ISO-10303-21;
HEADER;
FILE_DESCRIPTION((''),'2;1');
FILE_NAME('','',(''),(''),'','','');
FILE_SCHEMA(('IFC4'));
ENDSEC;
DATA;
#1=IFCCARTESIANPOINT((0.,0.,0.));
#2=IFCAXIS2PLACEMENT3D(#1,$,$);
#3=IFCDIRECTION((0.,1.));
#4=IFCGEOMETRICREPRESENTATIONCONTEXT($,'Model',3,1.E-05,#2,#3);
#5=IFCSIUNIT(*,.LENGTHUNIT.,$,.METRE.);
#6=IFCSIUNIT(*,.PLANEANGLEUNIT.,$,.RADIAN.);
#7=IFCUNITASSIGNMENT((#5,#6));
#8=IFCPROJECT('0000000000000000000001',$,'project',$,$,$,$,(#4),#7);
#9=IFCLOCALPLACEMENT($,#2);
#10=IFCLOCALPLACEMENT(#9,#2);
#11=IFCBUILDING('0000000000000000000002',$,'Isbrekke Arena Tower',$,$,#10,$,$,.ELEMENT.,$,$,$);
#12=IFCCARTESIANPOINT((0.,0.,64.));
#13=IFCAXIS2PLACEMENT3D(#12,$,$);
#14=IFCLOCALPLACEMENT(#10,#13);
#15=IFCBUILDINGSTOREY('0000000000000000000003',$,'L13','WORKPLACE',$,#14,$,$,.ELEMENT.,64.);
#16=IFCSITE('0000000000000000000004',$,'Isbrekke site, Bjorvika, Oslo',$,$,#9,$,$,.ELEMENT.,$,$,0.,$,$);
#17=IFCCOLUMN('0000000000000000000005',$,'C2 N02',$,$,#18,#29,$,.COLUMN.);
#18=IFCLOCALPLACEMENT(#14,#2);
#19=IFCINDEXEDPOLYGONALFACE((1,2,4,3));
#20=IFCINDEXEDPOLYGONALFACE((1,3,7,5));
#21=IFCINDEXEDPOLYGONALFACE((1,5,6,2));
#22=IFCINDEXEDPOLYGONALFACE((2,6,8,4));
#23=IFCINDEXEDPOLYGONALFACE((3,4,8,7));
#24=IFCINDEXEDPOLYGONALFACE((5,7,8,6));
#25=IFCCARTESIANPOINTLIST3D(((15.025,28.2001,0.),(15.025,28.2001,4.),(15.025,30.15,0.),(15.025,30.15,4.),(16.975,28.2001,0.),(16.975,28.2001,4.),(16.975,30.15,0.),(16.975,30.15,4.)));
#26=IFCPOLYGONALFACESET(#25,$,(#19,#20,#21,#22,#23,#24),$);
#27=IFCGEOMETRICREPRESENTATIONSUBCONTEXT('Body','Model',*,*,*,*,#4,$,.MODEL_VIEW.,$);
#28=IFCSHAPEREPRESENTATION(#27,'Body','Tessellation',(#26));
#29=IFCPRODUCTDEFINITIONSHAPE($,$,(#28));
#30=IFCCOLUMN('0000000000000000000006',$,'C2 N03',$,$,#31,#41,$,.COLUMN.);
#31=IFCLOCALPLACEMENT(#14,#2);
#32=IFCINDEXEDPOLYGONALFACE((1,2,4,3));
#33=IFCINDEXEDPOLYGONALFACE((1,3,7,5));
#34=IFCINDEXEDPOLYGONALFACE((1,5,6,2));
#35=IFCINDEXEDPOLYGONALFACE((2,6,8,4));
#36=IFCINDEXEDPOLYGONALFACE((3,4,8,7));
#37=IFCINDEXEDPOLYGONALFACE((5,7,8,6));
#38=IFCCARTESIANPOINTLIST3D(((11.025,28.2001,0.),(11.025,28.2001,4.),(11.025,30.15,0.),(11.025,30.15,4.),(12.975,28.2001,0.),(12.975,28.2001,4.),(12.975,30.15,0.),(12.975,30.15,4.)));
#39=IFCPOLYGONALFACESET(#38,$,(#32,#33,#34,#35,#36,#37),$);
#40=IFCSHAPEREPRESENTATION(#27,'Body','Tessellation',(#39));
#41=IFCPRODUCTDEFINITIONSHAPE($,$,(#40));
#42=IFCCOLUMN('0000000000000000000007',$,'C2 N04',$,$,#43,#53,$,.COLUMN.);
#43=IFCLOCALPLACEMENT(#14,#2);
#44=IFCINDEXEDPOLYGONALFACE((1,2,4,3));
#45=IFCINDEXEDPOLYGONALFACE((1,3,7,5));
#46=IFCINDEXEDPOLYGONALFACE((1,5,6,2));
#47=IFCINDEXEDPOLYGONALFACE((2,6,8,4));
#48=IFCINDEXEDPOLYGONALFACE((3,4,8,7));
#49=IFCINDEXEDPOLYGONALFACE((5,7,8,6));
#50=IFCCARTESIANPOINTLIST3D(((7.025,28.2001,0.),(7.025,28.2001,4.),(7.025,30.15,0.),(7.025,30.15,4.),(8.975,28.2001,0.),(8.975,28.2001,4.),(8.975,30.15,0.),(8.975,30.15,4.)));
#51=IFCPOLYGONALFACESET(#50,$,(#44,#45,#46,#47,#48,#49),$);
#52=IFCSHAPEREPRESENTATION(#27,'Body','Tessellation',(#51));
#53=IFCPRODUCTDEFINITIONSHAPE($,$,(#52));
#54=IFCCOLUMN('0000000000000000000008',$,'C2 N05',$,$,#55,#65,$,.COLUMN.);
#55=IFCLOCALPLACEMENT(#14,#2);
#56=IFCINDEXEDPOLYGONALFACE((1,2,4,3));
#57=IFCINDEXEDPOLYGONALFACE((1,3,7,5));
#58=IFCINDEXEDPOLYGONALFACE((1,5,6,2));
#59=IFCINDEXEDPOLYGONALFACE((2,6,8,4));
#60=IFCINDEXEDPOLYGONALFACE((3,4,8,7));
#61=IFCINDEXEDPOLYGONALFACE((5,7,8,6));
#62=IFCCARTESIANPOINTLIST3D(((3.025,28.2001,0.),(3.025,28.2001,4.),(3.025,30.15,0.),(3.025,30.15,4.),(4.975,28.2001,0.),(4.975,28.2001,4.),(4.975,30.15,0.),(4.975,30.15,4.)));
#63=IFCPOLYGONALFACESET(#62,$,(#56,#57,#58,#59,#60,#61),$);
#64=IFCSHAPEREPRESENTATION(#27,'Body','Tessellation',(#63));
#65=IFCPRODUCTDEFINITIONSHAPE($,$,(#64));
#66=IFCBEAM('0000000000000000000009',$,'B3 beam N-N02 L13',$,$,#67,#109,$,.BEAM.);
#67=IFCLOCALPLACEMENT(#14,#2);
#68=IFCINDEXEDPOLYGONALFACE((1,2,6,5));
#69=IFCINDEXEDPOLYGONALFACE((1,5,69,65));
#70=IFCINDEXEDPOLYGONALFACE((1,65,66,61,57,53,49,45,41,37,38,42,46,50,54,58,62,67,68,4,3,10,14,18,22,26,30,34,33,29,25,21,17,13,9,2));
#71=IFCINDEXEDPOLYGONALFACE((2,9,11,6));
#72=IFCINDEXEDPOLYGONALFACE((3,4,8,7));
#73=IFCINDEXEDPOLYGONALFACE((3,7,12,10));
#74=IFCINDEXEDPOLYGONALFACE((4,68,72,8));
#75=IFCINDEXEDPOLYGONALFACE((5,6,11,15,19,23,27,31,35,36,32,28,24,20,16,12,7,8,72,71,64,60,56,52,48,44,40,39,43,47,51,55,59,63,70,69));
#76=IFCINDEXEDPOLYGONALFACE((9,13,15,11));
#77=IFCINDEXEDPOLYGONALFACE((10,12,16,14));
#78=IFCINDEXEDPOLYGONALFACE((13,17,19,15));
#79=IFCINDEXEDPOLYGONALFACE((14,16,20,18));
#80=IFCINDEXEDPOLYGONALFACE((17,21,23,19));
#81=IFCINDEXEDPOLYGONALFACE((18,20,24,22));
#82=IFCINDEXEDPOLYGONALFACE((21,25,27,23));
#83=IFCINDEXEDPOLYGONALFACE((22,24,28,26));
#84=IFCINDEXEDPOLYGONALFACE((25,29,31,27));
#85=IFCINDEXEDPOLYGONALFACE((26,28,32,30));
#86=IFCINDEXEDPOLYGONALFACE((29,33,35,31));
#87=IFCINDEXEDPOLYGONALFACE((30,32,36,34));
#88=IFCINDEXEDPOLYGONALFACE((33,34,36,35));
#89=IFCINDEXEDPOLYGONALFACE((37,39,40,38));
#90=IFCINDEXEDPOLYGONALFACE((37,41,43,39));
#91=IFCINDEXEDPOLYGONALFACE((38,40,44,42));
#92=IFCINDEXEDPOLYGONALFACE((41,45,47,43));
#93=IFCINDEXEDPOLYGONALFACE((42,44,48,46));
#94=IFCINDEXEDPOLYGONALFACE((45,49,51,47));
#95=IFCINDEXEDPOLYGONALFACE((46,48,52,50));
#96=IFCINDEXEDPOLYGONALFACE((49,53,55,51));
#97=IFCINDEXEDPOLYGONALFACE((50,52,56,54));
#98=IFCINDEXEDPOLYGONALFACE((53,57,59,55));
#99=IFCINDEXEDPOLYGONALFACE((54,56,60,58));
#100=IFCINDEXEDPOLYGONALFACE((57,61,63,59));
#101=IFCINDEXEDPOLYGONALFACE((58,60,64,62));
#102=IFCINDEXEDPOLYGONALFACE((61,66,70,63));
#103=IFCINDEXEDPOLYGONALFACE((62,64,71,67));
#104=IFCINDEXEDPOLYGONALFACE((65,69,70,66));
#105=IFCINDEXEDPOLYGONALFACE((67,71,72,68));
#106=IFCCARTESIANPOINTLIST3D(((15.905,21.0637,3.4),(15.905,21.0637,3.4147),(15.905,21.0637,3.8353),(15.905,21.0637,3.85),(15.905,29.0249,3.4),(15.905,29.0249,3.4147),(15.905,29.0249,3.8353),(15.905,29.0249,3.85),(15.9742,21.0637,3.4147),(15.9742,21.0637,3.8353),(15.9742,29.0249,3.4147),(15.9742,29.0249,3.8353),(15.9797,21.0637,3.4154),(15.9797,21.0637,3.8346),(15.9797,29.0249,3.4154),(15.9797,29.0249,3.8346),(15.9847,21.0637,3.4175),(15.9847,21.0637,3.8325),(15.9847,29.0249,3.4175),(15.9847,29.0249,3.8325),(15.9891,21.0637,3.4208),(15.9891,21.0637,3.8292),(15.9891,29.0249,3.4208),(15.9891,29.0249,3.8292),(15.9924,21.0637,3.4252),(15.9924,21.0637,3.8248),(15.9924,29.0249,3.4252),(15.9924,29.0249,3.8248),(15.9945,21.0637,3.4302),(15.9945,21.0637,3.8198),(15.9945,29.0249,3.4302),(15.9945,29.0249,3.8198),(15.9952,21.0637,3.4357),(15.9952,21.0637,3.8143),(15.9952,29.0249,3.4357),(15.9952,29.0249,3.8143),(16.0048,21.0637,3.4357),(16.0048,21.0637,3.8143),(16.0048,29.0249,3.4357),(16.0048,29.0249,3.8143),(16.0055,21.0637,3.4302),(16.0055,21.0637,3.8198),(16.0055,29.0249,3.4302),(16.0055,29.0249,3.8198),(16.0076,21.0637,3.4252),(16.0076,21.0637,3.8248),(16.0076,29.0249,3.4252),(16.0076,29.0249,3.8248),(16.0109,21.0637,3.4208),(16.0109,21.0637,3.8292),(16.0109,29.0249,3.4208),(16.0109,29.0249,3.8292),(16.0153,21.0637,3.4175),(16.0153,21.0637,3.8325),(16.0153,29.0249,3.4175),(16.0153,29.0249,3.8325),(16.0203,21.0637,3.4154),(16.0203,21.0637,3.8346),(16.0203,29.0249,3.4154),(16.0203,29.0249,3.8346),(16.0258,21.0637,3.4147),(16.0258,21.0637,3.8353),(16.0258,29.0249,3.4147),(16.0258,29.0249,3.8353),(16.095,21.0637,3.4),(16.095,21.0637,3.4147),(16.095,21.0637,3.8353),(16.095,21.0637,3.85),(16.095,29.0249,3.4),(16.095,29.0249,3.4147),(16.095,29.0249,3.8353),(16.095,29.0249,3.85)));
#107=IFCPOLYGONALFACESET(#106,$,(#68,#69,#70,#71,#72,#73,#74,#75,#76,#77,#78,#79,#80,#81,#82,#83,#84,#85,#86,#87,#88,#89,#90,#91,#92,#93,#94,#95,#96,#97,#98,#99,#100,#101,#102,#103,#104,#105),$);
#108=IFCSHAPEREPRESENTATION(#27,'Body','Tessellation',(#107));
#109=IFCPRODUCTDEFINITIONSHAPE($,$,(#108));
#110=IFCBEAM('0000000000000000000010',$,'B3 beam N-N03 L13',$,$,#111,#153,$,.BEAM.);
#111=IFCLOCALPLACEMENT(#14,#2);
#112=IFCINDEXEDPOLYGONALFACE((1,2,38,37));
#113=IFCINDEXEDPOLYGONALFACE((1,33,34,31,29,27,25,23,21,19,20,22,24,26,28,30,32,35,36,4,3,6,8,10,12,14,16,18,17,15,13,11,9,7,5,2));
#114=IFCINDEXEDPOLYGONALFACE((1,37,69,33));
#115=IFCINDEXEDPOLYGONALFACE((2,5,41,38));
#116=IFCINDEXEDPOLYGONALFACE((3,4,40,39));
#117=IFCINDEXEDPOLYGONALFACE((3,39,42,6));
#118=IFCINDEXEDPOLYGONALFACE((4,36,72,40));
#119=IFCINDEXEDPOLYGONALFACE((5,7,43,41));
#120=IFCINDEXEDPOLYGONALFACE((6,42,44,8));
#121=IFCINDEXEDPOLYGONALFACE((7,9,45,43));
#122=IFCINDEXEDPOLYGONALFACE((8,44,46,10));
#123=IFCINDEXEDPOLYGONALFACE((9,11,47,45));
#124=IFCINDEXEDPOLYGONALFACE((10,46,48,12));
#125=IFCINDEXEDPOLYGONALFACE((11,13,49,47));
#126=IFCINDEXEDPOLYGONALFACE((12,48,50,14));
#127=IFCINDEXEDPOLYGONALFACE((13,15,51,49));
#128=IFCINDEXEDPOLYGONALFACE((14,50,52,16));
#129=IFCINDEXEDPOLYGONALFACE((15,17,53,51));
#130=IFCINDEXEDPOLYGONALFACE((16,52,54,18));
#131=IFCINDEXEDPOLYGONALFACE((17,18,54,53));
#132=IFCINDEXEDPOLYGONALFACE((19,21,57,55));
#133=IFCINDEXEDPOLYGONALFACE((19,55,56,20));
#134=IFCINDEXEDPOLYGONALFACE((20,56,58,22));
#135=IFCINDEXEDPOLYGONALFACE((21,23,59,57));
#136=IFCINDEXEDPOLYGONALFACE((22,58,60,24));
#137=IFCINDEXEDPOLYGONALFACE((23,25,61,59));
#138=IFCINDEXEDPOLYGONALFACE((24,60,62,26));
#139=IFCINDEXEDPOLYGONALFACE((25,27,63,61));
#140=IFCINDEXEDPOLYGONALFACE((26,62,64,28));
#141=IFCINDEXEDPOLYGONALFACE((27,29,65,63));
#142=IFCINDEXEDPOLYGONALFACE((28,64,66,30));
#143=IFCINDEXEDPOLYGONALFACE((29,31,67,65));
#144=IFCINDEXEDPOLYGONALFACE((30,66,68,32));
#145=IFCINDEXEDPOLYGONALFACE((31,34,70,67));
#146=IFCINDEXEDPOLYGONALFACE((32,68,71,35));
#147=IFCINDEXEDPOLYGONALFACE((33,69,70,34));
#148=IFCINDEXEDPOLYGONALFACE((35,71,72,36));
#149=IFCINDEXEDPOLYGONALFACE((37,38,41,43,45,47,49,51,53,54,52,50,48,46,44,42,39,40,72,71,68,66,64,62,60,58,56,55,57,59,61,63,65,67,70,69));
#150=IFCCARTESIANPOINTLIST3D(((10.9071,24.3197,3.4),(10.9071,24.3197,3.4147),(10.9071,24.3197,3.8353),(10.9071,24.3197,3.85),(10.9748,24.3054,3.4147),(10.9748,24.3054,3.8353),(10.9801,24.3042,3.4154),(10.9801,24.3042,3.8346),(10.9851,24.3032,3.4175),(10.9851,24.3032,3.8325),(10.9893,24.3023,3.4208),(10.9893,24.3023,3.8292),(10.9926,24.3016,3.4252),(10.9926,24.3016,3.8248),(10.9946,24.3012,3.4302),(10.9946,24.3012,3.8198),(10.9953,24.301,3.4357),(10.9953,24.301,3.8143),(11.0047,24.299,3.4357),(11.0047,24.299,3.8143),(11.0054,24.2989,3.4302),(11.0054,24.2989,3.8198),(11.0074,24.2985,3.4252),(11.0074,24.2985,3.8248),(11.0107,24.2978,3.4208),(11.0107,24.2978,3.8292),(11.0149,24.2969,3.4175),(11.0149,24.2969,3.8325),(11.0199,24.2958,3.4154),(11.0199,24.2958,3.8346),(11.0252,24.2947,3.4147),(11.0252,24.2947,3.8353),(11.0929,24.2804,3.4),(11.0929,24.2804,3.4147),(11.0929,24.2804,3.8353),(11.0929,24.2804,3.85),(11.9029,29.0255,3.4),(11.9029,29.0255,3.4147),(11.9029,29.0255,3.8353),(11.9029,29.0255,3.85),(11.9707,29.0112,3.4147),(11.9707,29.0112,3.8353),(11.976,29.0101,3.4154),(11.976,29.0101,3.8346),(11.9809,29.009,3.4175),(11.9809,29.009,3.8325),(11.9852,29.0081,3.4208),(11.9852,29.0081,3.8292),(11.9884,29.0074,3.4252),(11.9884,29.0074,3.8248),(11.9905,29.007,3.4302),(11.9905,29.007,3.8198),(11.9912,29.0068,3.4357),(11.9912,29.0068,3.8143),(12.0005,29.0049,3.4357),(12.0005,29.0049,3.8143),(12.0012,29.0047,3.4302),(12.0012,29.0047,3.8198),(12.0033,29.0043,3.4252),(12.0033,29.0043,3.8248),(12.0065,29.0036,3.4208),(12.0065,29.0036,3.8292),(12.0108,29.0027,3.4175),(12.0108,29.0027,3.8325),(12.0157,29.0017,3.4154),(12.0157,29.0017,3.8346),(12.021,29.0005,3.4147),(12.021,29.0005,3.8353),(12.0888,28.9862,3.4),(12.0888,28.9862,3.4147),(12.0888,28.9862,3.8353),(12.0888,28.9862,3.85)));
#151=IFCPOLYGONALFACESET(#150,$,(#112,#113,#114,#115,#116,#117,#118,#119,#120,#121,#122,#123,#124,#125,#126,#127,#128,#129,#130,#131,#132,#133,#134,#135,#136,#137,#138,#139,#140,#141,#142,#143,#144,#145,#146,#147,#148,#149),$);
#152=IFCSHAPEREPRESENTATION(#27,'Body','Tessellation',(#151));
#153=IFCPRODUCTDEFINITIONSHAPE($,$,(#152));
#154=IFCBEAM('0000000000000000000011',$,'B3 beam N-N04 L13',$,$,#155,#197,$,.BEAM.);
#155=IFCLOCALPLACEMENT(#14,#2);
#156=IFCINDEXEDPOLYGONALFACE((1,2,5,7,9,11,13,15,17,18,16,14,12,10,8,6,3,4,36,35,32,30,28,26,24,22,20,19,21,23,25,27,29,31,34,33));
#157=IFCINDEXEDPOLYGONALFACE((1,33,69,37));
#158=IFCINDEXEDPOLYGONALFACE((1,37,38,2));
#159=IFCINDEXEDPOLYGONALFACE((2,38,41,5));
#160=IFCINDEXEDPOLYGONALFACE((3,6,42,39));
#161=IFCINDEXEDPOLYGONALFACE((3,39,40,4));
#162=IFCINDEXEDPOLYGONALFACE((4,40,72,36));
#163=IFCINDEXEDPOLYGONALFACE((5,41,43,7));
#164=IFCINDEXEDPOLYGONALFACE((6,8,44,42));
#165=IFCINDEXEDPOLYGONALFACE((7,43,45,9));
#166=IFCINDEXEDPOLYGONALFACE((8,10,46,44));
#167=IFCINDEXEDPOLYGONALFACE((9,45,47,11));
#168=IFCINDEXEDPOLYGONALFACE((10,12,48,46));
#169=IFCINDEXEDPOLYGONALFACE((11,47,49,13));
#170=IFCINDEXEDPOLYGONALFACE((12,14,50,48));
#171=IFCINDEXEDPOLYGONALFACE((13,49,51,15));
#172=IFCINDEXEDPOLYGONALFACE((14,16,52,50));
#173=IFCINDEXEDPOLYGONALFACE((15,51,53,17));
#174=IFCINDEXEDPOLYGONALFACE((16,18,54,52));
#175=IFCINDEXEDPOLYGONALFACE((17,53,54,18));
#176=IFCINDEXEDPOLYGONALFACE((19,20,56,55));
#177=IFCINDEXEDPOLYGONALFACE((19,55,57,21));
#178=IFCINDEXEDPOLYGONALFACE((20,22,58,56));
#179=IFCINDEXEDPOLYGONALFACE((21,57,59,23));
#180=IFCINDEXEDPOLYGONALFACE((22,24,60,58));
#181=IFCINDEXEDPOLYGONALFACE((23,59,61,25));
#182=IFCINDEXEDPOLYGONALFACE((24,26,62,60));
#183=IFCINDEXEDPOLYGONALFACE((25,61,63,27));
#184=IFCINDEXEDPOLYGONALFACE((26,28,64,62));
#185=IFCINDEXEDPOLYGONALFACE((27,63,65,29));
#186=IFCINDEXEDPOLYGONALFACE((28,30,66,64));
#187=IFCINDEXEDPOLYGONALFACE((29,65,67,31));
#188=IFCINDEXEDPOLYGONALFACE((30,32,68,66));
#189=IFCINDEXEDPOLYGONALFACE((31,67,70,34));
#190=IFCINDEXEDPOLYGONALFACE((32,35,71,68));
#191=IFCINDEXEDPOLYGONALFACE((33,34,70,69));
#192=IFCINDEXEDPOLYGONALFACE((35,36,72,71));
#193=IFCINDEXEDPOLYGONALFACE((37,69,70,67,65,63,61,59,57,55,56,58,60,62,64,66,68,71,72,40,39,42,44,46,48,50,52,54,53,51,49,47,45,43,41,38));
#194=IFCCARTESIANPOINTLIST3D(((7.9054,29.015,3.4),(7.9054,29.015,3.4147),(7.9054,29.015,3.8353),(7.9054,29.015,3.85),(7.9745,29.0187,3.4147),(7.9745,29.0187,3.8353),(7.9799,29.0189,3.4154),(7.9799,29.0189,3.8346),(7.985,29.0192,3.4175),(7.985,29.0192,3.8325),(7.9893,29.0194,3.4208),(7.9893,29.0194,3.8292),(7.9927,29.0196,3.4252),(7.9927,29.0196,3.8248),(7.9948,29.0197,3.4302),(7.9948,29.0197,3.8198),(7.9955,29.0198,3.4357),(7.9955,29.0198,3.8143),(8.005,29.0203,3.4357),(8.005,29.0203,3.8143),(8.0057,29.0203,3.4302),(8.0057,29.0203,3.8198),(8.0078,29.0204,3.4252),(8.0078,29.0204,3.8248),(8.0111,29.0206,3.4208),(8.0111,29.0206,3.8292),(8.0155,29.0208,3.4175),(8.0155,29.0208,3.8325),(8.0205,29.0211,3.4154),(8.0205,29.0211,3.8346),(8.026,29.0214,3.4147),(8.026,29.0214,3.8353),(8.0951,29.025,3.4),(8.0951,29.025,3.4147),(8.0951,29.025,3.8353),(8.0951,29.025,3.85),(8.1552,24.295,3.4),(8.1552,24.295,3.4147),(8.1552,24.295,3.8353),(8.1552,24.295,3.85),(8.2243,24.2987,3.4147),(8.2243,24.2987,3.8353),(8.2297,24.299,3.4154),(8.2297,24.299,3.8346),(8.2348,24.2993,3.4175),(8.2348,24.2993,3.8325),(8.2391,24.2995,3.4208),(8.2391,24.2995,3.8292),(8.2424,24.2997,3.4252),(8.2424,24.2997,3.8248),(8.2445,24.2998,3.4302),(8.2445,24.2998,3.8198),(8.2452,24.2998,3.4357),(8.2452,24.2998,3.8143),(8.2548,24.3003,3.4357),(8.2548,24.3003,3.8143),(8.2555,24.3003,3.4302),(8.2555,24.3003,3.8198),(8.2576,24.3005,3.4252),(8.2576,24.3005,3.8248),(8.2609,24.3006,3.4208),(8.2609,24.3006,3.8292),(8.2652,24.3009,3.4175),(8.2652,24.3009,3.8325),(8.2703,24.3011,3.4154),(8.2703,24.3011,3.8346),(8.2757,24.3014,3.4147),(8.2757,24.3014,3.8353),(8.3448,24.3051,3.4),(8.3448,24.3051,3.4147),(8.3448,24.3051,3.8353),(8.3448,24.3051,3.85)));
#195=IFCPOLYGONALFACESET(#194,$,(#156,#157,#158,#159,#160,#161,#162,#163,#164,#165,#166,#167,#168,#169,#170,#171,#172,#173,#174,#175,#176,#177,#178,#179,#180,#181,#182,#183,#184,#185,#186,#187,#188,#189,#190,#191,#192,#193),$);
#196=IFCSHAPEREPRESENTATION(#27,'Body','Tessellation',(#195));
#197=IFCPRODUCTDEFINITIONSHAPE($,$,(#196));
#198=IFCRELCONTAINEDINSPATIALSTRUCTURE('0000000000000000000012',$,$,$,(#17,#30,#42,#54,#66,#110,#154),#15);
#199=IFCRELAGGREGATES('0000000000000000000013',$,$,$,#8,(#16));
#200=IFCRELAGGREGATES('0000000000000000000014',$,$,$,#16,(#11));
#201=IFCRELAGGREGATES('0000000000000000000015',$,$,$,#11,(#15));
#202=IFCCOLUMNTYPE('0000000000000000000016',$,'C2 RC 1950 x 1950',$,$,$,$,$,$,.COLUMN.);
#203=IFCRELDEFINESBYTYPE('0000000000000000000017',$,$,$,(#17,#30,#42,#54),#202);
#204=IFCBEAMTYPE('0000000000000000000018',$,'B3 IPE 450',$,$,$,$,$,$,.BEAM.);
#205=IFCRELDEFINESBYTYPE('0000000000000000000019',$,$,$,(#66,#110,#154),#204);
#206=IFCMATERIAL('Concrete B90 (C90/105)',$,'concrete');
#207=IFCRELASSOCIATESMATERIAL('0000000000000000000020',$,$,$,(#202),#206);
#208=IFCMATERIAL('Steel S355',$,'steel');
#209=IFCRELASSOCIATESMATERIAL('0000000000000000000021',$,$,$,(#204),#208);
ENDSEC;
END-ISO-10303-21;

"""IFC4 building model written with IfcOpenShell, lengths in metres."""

from ifc_helpers import new_model, si_unit, direction, frame, origin, origin_2d, place, context, subcontext, project, spatial, rectangle, i_section, extrude, material, material_profile, profile_set, type_object, element, save


model = new_model("IFC4")

# Units and contexts
model_context = context("Model", 3, precision=1e-05, world=origin(), true_north=direction((0.0, 1.0)))
body_context = subcontext(model_context, "Body", "Model", "MODEL_VIEW")
ifc_project = project(units=[si_unit("LENGTHUNIT", "METRE"), si_unit("PLANEANGLEUNIT", "RADIAN")], contexts=[model_context])

# Site, building, storey
site_placement = place(None, origin())
site = spatial("IfcSite", under=ifc_project, at=site_placement, Name="Isbrekke site, Bjorvika, Oslo", CompositionType="ELEMENT", RefElevation=0.0)
building_placement = place(site_placement, origin())
building = spatial("IfcBuilding", under=site, at=building_placement, Name="Isbrekke Arena Tower", CompositionType="ELEMENT")
storey_placement = place(building_placement, frame((0.0, 0.0, 64.0)))
storey = spatial("IfcBuildingStorey", under=building, at=storey_placement, Name="L13", Description="WORKPLACE", CompositionType="ELEMENT", Elevation=64.0)

# Columns
ifc_material_1 = material(Name="Concrete B90 (C90/105)", Category="concrete")
ifc_material_profile_1 = material_profile(ifc_material_1, rectangle(XDim=1.95, YDim=1.95, at=origin_2d()), Name="RC 1950x1950")
ifc_profile_set_1 = profile_set([ifc_material_profile_1], Name="Concrete B90 (C90/105)")
column_type = type_object("IfcColumnType", Name="C2 RC 1950 x 1950", PredefinedType="COLUMN", material=ifc_profile_set_1)
for number, where, z_axis, x_axis, name in (
    (1, (16.0, 29.175, 0.0), (0.0, 0.0, 1.0), (-1.0, 0.0, 0.0), "C2 N02"),
    (2, (12.0, 29.175, 0.0), (0.0, 0.0, 1.0), (-1.0, 0.0, 0.0), "C2 N03"),
    (3, (8.0, 29.175, 0.0), (0.0, 0.0, 1.0), (-1.0, 0.0, 0.0), "C2 N04"),
    (4, (4.0, 29.175, 0.0), (0.0, 0.0, 1.0), (-1.0, 0.0, 0.0), "C2 N05"),
):
    element("IfcColumn", number, at=place(storey_placement, frame(where, z_axis=z_axis, x_axis=x_axis)), inside=storey, type_object=column_type, Name=name, PredefinedType="COLUMN", context=body_context, shape_type="SweptSolid", body=[
        extrude(rectangle(XDim=1.95, YDim=1.95, at=origin_2d()), origin(), (0.0, 0.0, 1.0), 4.0),
    ])

# Beams
ifc_material_2 = material(Name="Steel S355", Category="steel")
ifc_material_profile_2 = material_profile(ifc_material_2, i_section(OverallWidth=0.1899, OverallDepth=0.45, WebThickness=0.0095, FlangeThickness=0.0146, FilletRadius=0.021, at=origin_2d()), Name="IPE 450")
ifc_profile_set_2 = profile_set([ifc_material_profile_2], Name="Steel S355")
beam_type_1 = type_object("IfcBeamType", Name="B3 IPE 450", PredefinedType="BEAM", material=ifc_profile_set_2)
beam_1_placement = place(storey_placement, frame((16.0, 29.0249, 3.625), z_axis=(0.0, -1.0, 0.0), x_axis=(1.0, 0.0, 0.0)))
element("IfcBeam", 5, at=beam_1_placement, inside=storey, type_object=beam_type_1, Name="B3 beam N-N02 L13", PredefinedType="BEAM", context=body_context, shape_type="SweptSolid", body=[
    extrude(i_section(OverallWidth=0.1899, OverallDepth=0.45, WebThickness=0.0095, FlangeThickness=0.0146, FilletRadius=0.021, at=origin_2d()), origin(), (0.0, 0.0, 1.0), 7.9612),
])
beam_2_placement = place(storey_placement, frame((11.9958, 29.0059, 3.625), z_axis=(-0.207036, -0.978333, 0.0), x_axis=(0.978333, -0.207036, 0.0)))
element("IfcBeam", 6, at=beam_2_placement, inside=storey, type_object=beam_type_1, Name="B3 beam N-N03 L13", PredefinedType="BEAM", context=body_context, shape_type="SweptSolid", body=[
    extrude(i_section(OverallWidth=0.1899, OverallDepth=0.45, WebThickness=0.0095, FlangeThickness=0.0146, FilletRadius=0.021, at=origin_2d()), origin(), (0.0, 0.0, 1.0), 4.8101),
])
beam_3_placement = place(storey_placement, frame((8.0002, 29.02, 3.625), z_axis=(0.052841, -0.998603, 0.0), x_axis=(0.998603, 0.052841, 0.0)))
element("IfcBeam", 7, at=beam_3_placement, inside=storey, type_object=beam_type_1, Name="B3 beam N-N04 L13", PredefinedType="BEAM", context=body_context, shape_type="SweptSolid", body=[
    extrude(i_section(OverallWidth=0.1899, OverallDepth=0.45, WebThickness=0.0095, FlangeThickness=0.0146, FilletRadius=0.021, at=origin_2d()), origin(), (0.0, 0.0, 1.0), 4.7266),
])

save(model, "model.ifc")
